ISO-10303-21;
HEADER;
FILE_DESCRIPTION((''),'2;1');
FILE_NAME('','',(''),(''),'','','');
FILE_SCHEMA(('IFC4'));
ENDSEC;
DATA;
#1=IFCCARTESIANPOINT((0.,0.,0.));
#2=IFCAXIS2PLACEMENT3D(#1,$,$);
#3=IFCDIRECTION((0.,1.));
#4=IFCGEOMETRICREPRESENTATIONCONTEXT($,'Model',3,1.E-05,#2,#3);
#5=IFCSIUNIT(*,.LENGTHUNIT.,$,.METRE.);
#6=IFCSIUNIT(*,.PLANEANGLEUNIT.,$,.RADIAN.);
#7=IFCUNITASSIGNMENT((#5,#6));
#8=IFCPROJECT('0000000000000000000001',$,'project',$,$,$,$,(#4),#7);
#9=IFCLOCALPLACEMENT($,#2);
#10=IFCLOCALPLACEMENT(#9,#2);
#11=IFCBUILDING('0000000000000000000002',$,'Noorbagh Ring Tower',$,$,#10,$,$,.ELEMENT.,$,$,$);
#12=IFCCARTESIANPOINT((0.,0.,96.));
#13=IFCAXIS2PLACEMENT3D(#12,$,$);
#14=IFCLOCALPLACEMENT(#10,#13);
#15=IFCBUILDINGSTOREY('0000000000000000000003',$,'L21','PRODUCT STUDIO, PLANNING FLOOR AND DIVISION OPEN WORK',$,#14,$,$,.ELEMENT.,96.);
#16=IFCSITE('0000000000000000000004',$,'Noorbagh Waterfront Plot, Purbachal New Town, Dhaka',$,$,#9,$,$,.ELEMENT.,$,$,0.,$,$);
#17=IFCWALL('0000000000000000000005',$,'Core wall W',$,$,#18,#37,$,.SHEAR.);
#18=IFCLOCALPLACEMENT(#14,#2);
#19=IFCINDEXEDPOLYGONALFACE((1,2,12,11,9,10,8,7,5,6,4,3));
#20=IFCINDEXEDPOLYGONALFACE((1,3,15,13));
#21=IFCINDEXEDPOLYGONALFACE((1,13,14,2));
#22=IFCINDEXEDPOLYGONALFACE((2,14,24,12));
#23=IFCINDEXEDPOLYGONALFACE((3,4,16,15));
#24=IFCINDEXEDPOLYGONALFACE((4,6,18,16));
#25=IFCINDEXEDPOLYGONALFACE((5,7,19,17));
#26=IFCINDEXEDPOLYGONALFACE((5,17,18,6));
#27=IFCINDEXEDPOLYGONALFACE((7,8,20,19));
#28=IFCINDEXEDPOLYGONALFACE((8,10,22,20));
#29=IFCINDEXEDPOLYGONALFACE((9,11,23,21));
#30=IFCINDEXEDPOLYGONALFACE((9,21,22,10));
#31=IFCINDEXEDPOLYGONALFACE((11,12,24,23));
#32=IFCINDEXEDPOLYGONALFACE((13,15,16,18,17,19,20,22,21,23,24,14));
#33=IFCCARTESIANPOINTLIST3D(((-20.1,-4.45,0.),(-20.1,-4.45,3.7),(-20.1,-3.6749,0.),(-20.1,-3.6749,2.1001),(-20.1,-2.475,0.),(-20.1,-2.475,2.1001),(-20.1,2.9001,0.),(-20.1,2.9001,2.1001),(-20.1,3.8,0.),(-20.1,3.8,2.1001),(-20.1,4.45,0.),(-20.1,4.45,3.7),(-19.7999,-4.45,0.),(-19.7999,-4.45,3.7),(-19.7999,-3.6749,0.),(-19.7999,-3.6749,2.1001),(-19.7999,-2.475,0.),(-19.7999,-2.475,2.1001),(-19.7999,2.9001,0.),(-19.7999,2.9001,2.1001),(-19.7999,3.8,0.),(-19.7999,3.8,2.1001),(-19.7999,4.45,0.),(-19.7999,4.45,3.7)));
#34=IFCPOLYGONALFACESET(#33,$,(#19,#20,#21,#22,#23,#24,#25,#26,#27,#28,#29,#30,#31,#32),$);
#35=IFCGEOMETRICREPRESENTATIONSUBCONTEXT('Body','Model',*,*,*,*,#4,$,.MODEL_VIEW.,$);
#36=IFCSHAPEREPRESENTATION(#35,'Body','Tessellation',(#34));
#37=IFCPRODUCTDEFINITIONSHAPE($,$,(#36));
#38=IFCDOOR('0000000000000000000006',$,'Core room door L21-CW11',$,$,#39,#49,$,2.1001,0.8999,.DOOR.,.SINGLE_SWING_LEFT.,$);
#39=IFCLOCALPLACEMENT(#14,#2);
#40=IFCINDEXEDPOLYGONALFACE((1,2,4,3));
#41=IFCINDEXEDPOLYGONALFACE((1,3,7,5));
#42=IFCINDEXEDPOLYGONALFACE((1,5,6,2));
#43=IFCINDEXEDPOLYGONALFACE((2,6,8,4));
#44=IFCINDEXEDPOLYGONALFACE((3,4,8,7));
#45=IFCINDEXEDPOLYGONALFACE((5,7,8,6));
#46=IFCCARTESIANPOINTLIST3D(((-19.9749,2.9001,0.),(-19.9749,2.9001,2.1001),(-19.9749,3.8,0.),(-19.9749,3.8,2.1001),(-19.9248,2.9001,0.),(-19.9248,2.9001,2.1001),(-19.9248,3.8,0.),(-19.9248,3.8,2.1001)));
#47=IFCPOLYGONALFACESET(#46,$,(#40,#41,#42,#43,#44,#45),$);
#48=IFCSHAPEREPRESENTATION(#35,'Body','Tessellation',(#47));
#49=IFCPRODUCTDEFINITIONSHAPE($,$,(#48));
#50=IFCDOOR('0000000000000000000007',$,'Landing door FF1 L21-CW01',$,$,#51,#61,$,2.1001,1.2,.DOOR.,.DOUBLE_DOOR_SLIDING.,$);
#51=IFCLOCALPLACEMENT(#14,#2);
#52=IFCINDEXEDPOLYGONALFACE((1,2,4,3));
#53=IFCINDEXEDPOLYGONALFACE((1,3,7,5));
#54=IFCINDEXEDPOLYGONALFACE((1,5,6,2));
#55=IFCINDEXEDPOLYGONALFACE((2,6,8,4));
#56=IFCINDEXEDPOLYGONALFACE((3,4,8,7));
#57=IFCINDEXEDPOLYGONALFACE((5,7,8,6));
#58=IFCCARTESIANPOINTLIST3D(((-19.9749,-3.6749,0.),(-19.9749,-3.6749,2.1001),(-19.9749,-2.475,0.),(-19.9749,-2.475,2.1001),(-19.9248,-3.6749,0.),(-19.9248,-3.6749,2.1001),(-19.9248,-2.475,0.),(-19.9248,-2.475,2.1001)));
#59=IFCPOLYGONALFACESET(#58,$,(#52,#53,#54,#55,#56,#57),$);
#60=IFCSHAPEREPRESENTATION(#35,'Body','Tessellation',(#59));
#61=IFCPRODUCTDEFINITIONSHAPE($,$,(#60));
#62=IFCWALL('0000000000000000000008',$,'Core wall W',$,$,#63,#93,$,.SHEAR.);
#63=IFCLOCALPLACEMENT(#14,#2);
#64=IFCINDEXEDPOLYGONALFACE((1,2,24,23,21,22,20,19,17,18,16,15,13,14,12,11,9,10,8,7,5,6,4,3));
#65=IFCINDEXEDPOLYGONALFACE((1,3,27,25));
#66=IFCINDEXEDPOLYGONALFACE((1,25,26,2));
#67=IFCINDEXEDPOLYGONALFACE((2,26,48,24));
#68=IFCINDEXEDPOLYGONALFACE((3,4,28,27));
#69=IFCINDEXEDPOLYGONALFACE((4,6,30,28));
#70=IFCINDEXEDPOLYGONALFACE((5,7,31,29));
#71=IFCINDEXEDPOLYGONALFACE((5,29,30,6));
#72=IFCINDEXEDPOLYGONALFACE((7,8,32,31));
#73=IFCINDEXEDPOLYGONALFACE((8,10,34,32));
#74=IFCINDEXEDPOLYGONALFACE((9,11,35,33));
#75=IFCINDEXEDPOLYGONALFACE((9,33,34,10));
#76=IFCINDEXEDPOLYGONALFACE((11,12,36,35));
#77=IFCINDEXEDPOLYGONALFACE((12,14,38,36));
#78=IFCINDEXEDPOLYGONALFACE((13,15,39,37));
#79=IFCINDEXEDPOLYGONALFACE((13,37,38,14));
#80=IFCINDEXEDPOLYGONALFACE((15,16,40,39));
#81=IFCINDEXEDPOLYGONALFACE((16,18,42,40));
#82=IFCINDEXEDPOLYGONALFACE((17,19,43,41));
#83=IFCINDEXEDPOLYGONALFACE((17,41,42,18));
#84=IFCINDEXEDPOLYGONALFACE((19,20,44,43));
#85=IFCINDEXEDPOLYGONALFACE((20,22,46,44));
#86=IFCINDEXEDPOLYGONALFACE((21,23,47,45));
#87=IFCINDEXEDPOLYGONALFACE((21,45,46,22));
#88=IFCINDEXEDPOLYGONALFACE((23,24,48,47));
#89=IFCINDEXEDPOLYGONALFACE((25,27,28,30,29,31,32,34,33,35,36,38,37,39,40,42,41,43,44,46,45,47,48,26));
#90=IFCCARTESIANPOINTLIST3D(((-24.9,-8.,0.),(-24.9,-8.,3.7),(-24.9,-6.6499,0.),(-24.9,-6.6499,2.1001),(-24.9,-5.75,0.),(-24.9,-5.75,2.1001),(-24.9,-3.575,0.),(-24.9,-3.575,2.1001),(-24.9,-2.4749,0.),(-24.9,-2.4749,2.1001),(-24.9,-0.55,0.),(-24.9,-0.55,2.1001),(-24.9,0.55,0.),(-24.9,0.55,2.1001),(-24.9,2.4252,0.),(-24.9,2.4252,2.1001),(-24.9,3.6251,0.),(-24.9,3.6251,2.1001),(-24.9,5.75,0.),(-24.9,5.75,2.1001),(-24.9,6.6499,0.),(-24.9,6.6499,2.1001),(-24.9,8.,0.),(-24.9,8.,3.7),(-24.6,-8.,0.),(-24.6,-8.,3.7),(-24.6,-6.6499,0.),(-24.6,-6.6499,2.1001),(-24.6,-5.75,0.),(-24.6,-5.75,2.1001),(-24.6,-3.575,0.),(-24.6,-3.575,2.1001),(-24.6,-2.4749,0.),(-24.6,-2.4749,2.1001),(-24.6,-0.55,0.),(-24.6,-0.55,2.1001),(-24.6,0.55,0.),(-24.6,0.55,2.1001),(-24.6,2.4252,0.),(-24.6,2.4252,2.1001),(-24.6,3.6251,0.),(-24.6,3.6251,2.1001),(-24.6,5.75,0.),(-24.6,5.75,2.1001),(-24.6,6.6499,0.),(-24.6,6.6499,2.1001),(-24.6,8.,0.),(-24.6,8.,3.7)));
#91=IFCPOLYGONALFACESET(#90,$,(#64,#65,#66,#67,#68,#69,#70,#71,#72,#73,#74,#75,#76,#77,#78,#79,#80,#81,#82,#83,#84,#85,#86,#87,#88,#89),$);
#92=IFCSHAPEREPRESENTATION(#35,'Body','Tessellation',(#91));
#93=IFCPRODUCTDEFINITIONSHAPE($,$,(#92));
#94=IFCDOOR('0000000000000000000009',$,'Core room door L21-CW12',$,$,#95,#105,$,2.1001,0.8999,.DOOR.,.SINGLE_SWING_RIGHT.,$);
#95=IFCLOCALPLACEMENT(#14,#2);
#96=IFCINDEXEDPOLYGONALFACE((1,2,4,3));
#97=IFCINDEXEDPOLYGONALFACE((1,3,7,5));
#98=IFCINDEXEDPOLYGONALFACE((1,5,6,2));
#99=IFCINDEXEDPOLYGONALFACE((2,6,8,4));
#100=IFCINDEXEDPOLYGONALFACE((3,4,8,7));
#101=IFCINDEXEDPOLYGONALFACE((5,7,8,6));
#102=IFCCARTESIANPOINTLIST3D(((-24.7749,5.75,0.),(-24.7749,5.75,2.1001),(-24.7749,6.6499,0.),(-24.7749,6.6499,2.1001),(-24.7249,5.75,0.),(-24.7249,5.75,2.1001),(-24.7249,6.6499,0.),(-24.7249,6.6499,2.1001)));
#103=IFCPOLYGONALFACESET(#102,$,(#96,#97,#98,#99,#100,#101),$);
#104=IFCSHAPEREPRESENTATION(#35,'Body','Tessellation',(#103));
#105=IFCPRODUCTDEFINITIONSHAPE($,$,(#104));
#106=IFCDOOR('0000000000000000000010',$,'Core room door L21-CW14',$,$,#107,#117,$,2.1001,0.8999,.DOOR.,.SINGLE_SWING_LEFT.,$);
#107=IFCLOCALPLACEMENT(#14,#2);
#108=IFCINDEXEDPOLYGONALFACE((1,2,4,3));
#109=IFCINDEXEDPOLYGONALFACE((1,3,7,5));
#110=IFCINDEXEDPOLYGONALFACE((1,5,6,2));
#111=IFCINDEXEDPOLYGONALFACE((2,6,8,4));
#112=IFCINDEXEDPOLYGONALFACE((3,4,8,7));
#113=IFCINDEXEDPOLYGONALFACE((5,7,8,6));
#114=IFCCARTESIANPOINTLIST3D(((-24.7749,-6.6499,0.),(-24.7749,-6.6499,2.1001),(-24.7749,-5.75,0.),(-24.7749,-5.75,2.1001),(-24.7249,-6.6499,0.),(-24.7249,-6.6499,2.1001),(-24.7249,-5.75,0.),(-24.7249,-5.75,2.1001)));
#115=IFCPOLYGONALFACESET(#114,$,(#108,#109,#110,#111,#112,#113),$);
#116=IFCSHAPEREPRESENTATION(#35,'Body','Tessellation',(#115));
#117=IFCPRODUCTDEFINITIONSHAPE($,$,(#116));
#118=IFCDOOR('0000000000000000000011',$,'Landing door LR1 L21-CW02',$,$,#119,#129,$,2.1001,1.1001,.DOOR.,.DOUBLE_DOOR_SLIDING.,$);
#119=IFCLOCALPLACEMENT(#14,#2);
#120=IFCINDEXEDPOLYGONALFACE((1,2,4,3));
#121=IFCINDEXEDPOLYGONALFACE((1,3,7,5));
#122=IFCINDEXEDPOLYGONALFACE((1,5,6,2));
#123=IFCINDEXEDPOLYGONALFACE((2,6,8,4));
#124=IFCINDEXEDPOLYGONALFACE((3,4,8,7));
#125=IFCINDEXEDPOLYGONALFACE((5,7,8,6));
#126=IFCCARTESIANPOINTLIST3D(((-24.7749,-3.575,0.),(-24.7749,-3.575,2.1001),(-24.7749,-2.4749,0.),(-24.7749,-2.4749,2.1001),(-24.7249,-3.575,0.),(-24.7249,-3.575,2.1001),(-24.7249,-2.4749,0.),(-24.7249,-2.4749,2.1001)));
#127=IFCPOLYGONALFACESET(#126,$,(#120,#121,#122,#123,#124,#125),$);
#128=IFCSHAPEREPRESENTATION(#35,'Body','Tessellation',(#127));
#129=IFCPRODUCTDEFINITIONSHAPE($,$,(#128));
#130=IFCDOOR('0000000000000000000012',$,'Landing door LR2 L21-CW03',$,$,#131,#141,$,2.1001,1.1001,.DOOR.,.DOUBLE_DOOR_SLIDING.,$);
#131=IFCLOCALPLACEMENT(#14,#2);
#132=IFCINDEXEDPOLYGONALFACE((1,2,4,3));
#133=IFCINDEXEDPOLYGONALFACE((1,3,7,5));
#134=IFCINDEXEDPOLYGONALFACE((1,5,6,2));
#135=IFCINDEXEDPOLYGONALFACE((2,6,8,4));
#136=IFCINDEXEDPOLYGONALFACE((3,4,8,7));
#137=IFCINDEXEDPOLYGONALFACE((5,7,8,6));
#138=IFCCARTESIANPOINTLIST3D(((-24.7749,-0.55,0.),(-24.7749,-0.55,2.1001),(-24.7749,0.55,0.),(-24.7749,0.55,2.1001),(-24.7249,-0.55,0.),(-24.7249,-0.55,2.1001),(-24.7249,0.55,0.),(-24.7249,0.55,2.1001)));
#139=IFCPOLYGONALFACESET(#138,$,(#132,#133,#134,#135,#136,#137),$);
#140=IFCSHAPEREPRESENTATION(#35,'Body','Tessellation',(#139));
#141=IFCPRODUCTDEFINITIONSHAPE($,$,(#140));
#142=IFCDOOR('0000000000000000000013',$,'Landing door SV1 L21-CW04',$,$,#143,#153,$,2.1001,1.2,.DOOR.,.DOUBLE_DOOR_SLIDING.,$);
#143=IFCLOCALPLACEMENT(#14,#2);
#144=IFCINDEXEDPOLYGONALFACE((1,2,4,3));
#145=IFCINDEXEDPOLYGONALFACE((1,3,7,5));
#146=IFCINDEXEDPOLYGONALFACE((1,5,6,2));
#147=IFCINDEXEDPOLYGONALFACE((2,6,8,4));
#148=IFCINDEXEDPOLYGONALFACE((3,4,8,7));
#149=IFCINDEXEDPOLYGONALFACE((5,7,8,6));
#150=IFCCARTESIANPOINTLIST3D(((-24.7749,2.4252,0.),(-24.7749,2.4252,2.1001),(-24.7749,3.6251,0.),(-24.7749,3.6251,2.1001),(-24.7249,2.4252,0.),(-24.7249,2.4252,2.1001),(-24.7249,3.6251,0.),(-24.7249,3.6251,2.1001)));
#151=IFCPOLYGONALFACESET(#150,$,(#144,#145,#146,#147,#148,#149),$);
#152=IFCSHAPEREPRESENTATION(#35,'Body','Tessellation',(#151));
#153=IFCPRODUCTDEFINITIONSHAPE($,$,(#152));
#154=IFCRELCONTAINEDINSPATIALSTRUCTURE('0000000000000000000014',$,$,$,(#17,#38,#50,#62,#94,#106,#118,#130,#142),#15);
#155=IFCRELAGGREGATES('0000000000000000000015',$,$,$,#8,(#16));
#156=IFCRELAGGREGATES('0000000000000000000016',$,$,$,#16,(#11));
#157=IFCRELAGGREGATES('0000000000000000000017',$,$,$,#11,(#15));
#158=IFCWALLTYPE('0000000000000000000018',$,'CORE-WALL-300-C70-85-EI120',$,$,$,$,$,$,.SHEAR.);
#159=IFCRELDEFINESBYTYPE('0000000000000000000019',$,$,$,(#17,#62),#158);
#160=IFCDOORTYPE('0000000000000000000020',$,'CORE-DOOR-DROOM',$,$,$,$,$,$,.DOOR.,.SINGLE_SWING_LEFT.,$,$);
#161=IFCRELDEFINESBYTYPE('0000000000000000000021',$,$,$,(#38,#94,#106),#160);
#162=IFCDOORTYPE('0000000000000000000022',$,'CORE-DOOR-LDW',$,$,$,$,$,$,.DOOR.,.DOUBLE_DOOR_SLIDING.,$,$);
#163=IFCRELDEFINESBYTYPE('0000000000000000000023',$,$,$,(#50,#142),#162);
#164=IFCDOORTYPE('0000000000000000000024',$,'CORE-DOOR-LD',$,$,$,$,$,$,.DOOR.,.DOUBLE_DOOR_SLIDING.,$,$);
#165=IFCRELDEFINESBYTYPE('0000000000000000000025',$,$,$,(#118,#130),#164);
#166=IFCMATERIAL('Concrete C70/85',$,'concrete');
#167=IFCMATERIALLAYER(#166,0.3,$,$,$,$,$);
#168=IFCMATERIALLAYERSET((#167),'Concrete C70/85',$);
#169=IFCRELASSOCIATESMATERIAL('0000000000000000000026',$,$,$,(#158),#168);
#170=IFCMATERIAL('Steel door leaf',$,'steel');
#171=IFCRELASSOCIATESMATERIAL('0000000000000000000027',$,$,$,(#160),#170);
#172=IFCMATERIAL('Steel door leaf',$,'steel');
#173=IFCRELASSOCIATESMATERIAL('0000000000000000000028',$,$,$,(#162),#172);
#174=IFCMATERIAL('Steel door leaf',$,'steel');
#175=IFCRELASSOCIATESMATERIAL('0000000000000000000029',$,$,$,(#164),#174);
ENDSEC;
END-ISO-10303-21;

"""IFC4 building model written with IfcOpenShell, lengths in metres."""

from ifc_helpers import new_model, si_unit, direction, frame, frame_2d, origin, place, context, subcontext, project, spatial, rectangle, extrude, material, layer, layer_set, type_object, element, fill, save


model = new_model("IFC4")

# Units and contexts
model_context = context("Model", 3, precision=1e-05, world=origin(), true_north=direction((0.0, 1.0)))
body_context = subcontext(model_context, "Body", "Model", "MODEL_VIEW")
ifc_project = project(units=[si_unit("LENGTHUNIT", "METRE"), si_unit("PLANEANGLEUNIT", "RADIAN")], contexts=[model_context])

# Site, building, storey
site_placement = place(None, origin())
site = spatial("IfcSite", under=ifc_project, at=site_placement, Name="Noorbagh Waterfront Plot, Purbachal New Town, Dhaka", CompositionType="ELEMENT", RefElevation=0.0)
building_placement = place(site_placement, origin())
building = spatial("IfcBuilding", under=site, at=building_placement, Name="Noorbagh Ring Tower", CompositionType="ELEMENT")
storey_placement = place(building_placement, frame((0.0, 0.0, 96.0)))
storey = spatial("IfcBuildingStorey", under=building, at=storey_placement, Name="L21", Description="PRODUCT STUDIO, PLANNING FLOOR AND DIVISION OPEN WORK", CompositionType="ELEMENT", Elevation=96.0)

# Walls, openings, doors
ifc_material_1 = material(Name="Concrete C70/85", Category="concrete")
ifc_layer_1 = layer(ifc_material_1, 0.3)
ifc_layer_set_1 = layer_set([ifc_layer_1], Name="Concrete C70/85")
wall_type_1 = type_object("IfcWallType", Name="CORE-WALL-300-C70-85-EI120", PredefinedType="SHEAR", material=ifc_layer_set_1)
wall_1_placement = place(storey_placement, frame((-19.95, -4.45, 0.0), z_axis=(0.0, 0.0, 1.0), x_axis=(0.0, 1.0, 0.0)))
wall_1 = element("IfcWall", 1, at=wall_1_placement, inside=storey, type_object=wall_type_1, Name="Core wall W", PredefinedType="SHEAR", context=body_context, shape_type="SweptSolid", body=[
    extrude(rectangle(XDim=8.8999, YDim=0.3, at=frame_2d((4.45, 0.0))), origin(), (0.0, 0.0, 1.0), 3.7),
])
opening_1_placement = place(wall_1_placement, frame((0.7749, 0.0, 0.0)))
opening_1 = element("IfcOpeningElement", 2, at=opening_1_placement, cuts=wall_1, PredefinedType="OPENING", context=body_context, shape_type="SweptSolid", body=[
    extrude(rectangle(XDim=1.2, YDim=2.1001, at=frame_2d((0.6001, 1.05))), frame((0.0, 0.1602, 0.0), z_axis=(0.0, -1.0, 0.0), x_axis=(1.0, 0.0, 0.0)), (0.0, 0.0, 1.0), 0.3201),
])
opening_2_placement = place(wall_1_placement, frame((7.3501, 0.0, 0.0)))
opening_2 = element("IfcOpeningElement", 3, at=opening_2_placement, cuts=wall_1, PredefinedType="OPENING", context=body_context, shape_type="SweptSolid", body=[
    extrude(rectangle(XDim=0.8999, YDim=2.1001, at=frame_2d((0.45, 1.05))), frame((0.0, 0.1602, 0.0), z_axis=(0.0, -1.0, 0.0), x_axis=(1.0, 0.0, 0.0)), (0.0, 0.0, 1.0), 0.3201),
])
ifc_material_2 = material(Name="Steel door leaf", Category="steel")
door_type_1 = type_object("IfcDoorType", Name="CORE-DOOR-DROOM", OperationType="SINGLE_SWING_LEFT", PredefinedType="DOOR", material=ifc_material_2)
door_1_placement = place(opening_2_placement, origin())
door_1 = element("IfcDoor", 4, at=door_1_placement, inside=storey, type_object=door_type_1, Name="Core room door L21-CW11", OperationType="SINGLE_SWING_LEFT", OverallHeight=2.1001, OverallWidth=0.8999, PredefinedType="DOOR", context=body_context, shape_type="SweptSolid", body=[
    extrude(rectangle(XDim=0.8999, YDim=2.1001, at=frame_2d((0.45, 1.05))), frame((0.0, 0.0249, 0.0), z_axis=(0.0, -1.0, 0.0), x_axis=(1.0, 0.0, 0.0)), (0.0, 0.0, 1.0), 0.05),
])
fill(opening_2, door_1)
ifc_material_3 = material(Name="Steel door leaf", Category="steel")
door_type_2 = type_object("IfcDoorType", Name="CORE-DOOR-LDW", OperationType="DOUBLE_DOOR_SLIDING", PredefinedType="DOOR", material=ifc_material_3)
door_2_placement = place(opening_1_placement, origin())
door_2 = element("IfcDoor", 5, at=door_2_placement, inside=storey, type_object=door_type_2, Name="Landing door FF1 L21-CW01", OperationType="DOUBLE_DOOR_SLIDING", OverallHeight=2.1001, OverallWidth=1.2, PredefinedType="DOOR", context=body_context, shape_type="SweptSolid", body=[
    extrude(rectangle(XDim=1.2, YDim=2.1001, at=frame_2d((0.6001, 1.05))), frame((0.0, 0.0249, 0.0), z_axis=(0.0, -1.0, 0.0), x_axis=(1.0, 0.0, 0.0)), (0.0, 0.0, 1.0), 0.05),
])
fill(opening_1, door_2)
wall_2_placement = place(storey_placement, frame((-24.75, -8.0, 0.0), z_axis=(0.0, 0.0, 1.0), x_axis=(0.0, 1.0, 0.0)))
wall_2 = element("IfcWall", 6, at=wall_2_placement, inside=storey, type_object=wall_type_1, Name="Core wall W", PredefinedType="SHEAR", context=body_context, shape_type="SweptSolid", body=[
    extrude(rectangle(XDim=16.0, YDim=0.3, at=frame_2d((8.0, 0.0))), origin(), (0.0, 0.0, 1.0), 3.7),
])
opening_3_placement = place(wall_2_placement, frame((4.425, 0.0, 0.0)))
opening_3 = element("IfcOpeningElement", 7, at=opening_3_placement, cuts=wall_2, PredefinedType="OPENING", context=body_context, shape_type="SweptSolid", body=[
    extrude(rectangle(XDim=1.1001, YDim=2.1001, at=frame_2d((0.55, 1.05))), frame((0.0, 0.1602, 0.0), z_axis=(0.0, -1.0, 0.0), x_axis=(1.0, 0.0, 0.0)), (0.0, 0.0, 1.0), 0.3201),
])
opening_4_placement = place(wall_2_placement, frame((7.45, 0.0, 0.0)))
opening_4 = element("IfcOpeningElement", 8, at=opening_4_placement, cuts=wall_2, PredefinedType="OPENING", context=body_context, shape_type="SweptSolid", body=[
    extrude(rectangle(XDim=1.1001, YDim=2.1001, at=frame_2d((0.55, 1.05))), frame((0.0, 0.1602, 0.0), z_axis=(0.0, -1.0, 0.0), x_axis=(1.0, 0.0, 0.0)), (0.0, 0.0, 1.0), 0.3201),
])
opening_5_placement = place(wall_2_placement, frame((10.425, 0.0, 0.0)))
opening_5 = element("IfcOpeningElement", 9, at=opening_5_placement, cuts=wall_2, PredefinedType="OPENING", context=body_context, shape_type="SweptSolid", body=[
    extrude(rectangle(XDim=1.2, YDim=2.1001, at=frame_2d((0.6001, 1.05))), frame((0.0, 0.1602, 0.0), z_axis=(0.0, -1.0, 0.0), x_axis=(1.0, 0.0, 0.0)), (0.0, 0.0, 1.0), 0.3201),
])
opening_6_placement = place(wall_2_placement, frame((13.75, 0.0, 0.0)))
opening_6 = element("IfcOpeningElement", 10, at=opening_6_placement, cuts=wall_2, PredefinedType="OPENING", context=body_context, shape_type="SweptSolid", body=[
    extrude(rectangle(XDim=0.8999, YDim=2.1001, at=frame_2d((0.45, 1.05))), frame((0.0, 0.1602, 0.0), z_axis=(0.0, -1.0, 0.0), x_axis=(1.0, 0.0, 0.0)), (0.0, 0.0, 1.0), 0.3201),
])
opening_7_placement = place(wall_2_placement, frame((1.3501, 0.0, 0.0)))
opening_7 = element("IfcOpeningElement", 11, at=opening_7_placement, cuts=wall_2, PredefinedType="OPENING", context=body_context, shape_type="SweptSolid", body=[
    extrude(rectangle(XDim=0.8999, YDim=2.1001, at=frame_2d((0.45, 1.05))), frame((0.0, 0.1602, 0.0), z_axis=(0.0, -1.0, 0.0), x_axis=(1.0, 0.0, 0.0)), (0.0, 0.0, 1.0), 0.3201),
])
door_3_placement = place(opening_6_placement, origin())
door_3 = element("IfcDoor", 12, at=door_3_placement, inside=storey, type_object=door_type_1, Name="Core room door L21-CW12", OperationType="SINGLE_SWING_RIGHT", OverallHeight=2.1001, OverallWidth=0.8999, PredefinedType="DOOR", context=body_context, shape_type="SweptSolid", body=[
    extrude(rectangle(XDim=0.8999, YDim=2.1001, at=frame_2d((0.45, 1.05))), frame((0.0, 0.0249, 0.0), z_axis=(0.0, -1.0, 0.0), x_axis=(1.0, 0.0, 0.0)), (0.0, 0.0, 1.0), 0.05),
])
fill(opening_6, door_3)
door_4_placement = place(opening_7_placement, origin())
door_4 = element("IfcDoor", 13, at=door_4_placement, inside=storey, type_object=door_type_1, Name="Core room door L21-CW14", OperationType="SINGLE_SWING_LEFT", OverallHeight=2.1001, OverallWidth=0.8999, PredefinedType="DOOR", context=body_context, shape_type="SweptSolid", body=[
    extrude(rectangle(XDim=0.8999, YDim=2.1001, at=frame_2d((0.45, 1.05))), frame((0.0, 0.0249, 0.0), z_axis=(0.0, -1.0, 0.0), x_axis=(1.0, 0.0, 0.0)), (0.0, 0.0, 1.0), 0.05),
])
fill(opening_7, door_4)
ifc_material_4 = material(Name="Steel door leaf", Category="steel")
door_type_3 = type_object("IfcDoorType", Name="CORE-DOOR-LD", OperationType="DOUBLE_DOOR_SLIDING", PredefinedType="DOOR", material=ifc_material_4)
door_5_placement = place(opening_3_placement, origin())
door_5 = element("IfcDoor", 14, at=door_5_placement, inside=storey, type_object=door_type_3, Name="Landing door LR1 L21-CW02", OperationType="DOUBLE_DOOR_SLIDING", OverallHeight=2.1001, OverallWidth=1.1001, PredefinedType="DOOR", context=body_context, shape_type="SweptSolid", body=[
    extrude(rectangle(XDim=1.1001, YDim=2.1001, at=frame_2d((0.55, 1.05))), frame((0.0, 0.0249, 0.0), z_axis=(0.0, -1.0, 0.0), x_axis=(1.0, 0.0, 0.0)), (0.0, 0.0, 1.0), 0.05),
])
fill(opening_3, door_5)
door_6_placement = place(opening_4_placement, origin())
door_6 = element("IfcDoor", 15, at=door_6_placement, inside=storey, type_object=door_type_3, Name="Landing door LR2 L21-CW03", OperationType="DOUBLE_DOOR_SLIDING", OverallHeight=2.1001, OverallWidth=1.1001, PredefinedType="DOOR", context=body_context, shape_type="SweptSolid", body=[
    extrude(rectangle(XDim=1.1001, YDim=2.1001, at=frame_2d((0.55, 1.05))), frame((0.0, 0.0249, 0.0), z_axis=(0.0, -1.0, 0.0), x_axis=(1.0, 0.0, 0.0)), (0.0, 0.0, 1.0), 0.05),
])
fill(opening_4, door_6)
door_7_placement = place(opening_5_placement, origin())
door_7 = element("IfcDoor", 16, at=door_7_placement, inside=storey, type_object=door_type_2, Name="Landing door SV1 L21-CW04", OperationType="DOUBLE_DOOR_SLIDING", OverallHeight=2.1001, OverallWidth=1.2, PredefinedType="DOOR", context=body_context, shape_type="SweptSolid", body=[
    extrude(rectangle(XDim=1.2, YDim=2.1001, at=frame_2d((0.6001, 1.05))), frame((0.0, 0.0249, 0.0), z_axis=(0.0, -1.0, 0.0), x_axis=(1.0, 0.0, 0.0)), (0.0, 0.0, 1.0), 0.05),
])
fill(opening_5, door_7)

save(model, "model.ifc")
